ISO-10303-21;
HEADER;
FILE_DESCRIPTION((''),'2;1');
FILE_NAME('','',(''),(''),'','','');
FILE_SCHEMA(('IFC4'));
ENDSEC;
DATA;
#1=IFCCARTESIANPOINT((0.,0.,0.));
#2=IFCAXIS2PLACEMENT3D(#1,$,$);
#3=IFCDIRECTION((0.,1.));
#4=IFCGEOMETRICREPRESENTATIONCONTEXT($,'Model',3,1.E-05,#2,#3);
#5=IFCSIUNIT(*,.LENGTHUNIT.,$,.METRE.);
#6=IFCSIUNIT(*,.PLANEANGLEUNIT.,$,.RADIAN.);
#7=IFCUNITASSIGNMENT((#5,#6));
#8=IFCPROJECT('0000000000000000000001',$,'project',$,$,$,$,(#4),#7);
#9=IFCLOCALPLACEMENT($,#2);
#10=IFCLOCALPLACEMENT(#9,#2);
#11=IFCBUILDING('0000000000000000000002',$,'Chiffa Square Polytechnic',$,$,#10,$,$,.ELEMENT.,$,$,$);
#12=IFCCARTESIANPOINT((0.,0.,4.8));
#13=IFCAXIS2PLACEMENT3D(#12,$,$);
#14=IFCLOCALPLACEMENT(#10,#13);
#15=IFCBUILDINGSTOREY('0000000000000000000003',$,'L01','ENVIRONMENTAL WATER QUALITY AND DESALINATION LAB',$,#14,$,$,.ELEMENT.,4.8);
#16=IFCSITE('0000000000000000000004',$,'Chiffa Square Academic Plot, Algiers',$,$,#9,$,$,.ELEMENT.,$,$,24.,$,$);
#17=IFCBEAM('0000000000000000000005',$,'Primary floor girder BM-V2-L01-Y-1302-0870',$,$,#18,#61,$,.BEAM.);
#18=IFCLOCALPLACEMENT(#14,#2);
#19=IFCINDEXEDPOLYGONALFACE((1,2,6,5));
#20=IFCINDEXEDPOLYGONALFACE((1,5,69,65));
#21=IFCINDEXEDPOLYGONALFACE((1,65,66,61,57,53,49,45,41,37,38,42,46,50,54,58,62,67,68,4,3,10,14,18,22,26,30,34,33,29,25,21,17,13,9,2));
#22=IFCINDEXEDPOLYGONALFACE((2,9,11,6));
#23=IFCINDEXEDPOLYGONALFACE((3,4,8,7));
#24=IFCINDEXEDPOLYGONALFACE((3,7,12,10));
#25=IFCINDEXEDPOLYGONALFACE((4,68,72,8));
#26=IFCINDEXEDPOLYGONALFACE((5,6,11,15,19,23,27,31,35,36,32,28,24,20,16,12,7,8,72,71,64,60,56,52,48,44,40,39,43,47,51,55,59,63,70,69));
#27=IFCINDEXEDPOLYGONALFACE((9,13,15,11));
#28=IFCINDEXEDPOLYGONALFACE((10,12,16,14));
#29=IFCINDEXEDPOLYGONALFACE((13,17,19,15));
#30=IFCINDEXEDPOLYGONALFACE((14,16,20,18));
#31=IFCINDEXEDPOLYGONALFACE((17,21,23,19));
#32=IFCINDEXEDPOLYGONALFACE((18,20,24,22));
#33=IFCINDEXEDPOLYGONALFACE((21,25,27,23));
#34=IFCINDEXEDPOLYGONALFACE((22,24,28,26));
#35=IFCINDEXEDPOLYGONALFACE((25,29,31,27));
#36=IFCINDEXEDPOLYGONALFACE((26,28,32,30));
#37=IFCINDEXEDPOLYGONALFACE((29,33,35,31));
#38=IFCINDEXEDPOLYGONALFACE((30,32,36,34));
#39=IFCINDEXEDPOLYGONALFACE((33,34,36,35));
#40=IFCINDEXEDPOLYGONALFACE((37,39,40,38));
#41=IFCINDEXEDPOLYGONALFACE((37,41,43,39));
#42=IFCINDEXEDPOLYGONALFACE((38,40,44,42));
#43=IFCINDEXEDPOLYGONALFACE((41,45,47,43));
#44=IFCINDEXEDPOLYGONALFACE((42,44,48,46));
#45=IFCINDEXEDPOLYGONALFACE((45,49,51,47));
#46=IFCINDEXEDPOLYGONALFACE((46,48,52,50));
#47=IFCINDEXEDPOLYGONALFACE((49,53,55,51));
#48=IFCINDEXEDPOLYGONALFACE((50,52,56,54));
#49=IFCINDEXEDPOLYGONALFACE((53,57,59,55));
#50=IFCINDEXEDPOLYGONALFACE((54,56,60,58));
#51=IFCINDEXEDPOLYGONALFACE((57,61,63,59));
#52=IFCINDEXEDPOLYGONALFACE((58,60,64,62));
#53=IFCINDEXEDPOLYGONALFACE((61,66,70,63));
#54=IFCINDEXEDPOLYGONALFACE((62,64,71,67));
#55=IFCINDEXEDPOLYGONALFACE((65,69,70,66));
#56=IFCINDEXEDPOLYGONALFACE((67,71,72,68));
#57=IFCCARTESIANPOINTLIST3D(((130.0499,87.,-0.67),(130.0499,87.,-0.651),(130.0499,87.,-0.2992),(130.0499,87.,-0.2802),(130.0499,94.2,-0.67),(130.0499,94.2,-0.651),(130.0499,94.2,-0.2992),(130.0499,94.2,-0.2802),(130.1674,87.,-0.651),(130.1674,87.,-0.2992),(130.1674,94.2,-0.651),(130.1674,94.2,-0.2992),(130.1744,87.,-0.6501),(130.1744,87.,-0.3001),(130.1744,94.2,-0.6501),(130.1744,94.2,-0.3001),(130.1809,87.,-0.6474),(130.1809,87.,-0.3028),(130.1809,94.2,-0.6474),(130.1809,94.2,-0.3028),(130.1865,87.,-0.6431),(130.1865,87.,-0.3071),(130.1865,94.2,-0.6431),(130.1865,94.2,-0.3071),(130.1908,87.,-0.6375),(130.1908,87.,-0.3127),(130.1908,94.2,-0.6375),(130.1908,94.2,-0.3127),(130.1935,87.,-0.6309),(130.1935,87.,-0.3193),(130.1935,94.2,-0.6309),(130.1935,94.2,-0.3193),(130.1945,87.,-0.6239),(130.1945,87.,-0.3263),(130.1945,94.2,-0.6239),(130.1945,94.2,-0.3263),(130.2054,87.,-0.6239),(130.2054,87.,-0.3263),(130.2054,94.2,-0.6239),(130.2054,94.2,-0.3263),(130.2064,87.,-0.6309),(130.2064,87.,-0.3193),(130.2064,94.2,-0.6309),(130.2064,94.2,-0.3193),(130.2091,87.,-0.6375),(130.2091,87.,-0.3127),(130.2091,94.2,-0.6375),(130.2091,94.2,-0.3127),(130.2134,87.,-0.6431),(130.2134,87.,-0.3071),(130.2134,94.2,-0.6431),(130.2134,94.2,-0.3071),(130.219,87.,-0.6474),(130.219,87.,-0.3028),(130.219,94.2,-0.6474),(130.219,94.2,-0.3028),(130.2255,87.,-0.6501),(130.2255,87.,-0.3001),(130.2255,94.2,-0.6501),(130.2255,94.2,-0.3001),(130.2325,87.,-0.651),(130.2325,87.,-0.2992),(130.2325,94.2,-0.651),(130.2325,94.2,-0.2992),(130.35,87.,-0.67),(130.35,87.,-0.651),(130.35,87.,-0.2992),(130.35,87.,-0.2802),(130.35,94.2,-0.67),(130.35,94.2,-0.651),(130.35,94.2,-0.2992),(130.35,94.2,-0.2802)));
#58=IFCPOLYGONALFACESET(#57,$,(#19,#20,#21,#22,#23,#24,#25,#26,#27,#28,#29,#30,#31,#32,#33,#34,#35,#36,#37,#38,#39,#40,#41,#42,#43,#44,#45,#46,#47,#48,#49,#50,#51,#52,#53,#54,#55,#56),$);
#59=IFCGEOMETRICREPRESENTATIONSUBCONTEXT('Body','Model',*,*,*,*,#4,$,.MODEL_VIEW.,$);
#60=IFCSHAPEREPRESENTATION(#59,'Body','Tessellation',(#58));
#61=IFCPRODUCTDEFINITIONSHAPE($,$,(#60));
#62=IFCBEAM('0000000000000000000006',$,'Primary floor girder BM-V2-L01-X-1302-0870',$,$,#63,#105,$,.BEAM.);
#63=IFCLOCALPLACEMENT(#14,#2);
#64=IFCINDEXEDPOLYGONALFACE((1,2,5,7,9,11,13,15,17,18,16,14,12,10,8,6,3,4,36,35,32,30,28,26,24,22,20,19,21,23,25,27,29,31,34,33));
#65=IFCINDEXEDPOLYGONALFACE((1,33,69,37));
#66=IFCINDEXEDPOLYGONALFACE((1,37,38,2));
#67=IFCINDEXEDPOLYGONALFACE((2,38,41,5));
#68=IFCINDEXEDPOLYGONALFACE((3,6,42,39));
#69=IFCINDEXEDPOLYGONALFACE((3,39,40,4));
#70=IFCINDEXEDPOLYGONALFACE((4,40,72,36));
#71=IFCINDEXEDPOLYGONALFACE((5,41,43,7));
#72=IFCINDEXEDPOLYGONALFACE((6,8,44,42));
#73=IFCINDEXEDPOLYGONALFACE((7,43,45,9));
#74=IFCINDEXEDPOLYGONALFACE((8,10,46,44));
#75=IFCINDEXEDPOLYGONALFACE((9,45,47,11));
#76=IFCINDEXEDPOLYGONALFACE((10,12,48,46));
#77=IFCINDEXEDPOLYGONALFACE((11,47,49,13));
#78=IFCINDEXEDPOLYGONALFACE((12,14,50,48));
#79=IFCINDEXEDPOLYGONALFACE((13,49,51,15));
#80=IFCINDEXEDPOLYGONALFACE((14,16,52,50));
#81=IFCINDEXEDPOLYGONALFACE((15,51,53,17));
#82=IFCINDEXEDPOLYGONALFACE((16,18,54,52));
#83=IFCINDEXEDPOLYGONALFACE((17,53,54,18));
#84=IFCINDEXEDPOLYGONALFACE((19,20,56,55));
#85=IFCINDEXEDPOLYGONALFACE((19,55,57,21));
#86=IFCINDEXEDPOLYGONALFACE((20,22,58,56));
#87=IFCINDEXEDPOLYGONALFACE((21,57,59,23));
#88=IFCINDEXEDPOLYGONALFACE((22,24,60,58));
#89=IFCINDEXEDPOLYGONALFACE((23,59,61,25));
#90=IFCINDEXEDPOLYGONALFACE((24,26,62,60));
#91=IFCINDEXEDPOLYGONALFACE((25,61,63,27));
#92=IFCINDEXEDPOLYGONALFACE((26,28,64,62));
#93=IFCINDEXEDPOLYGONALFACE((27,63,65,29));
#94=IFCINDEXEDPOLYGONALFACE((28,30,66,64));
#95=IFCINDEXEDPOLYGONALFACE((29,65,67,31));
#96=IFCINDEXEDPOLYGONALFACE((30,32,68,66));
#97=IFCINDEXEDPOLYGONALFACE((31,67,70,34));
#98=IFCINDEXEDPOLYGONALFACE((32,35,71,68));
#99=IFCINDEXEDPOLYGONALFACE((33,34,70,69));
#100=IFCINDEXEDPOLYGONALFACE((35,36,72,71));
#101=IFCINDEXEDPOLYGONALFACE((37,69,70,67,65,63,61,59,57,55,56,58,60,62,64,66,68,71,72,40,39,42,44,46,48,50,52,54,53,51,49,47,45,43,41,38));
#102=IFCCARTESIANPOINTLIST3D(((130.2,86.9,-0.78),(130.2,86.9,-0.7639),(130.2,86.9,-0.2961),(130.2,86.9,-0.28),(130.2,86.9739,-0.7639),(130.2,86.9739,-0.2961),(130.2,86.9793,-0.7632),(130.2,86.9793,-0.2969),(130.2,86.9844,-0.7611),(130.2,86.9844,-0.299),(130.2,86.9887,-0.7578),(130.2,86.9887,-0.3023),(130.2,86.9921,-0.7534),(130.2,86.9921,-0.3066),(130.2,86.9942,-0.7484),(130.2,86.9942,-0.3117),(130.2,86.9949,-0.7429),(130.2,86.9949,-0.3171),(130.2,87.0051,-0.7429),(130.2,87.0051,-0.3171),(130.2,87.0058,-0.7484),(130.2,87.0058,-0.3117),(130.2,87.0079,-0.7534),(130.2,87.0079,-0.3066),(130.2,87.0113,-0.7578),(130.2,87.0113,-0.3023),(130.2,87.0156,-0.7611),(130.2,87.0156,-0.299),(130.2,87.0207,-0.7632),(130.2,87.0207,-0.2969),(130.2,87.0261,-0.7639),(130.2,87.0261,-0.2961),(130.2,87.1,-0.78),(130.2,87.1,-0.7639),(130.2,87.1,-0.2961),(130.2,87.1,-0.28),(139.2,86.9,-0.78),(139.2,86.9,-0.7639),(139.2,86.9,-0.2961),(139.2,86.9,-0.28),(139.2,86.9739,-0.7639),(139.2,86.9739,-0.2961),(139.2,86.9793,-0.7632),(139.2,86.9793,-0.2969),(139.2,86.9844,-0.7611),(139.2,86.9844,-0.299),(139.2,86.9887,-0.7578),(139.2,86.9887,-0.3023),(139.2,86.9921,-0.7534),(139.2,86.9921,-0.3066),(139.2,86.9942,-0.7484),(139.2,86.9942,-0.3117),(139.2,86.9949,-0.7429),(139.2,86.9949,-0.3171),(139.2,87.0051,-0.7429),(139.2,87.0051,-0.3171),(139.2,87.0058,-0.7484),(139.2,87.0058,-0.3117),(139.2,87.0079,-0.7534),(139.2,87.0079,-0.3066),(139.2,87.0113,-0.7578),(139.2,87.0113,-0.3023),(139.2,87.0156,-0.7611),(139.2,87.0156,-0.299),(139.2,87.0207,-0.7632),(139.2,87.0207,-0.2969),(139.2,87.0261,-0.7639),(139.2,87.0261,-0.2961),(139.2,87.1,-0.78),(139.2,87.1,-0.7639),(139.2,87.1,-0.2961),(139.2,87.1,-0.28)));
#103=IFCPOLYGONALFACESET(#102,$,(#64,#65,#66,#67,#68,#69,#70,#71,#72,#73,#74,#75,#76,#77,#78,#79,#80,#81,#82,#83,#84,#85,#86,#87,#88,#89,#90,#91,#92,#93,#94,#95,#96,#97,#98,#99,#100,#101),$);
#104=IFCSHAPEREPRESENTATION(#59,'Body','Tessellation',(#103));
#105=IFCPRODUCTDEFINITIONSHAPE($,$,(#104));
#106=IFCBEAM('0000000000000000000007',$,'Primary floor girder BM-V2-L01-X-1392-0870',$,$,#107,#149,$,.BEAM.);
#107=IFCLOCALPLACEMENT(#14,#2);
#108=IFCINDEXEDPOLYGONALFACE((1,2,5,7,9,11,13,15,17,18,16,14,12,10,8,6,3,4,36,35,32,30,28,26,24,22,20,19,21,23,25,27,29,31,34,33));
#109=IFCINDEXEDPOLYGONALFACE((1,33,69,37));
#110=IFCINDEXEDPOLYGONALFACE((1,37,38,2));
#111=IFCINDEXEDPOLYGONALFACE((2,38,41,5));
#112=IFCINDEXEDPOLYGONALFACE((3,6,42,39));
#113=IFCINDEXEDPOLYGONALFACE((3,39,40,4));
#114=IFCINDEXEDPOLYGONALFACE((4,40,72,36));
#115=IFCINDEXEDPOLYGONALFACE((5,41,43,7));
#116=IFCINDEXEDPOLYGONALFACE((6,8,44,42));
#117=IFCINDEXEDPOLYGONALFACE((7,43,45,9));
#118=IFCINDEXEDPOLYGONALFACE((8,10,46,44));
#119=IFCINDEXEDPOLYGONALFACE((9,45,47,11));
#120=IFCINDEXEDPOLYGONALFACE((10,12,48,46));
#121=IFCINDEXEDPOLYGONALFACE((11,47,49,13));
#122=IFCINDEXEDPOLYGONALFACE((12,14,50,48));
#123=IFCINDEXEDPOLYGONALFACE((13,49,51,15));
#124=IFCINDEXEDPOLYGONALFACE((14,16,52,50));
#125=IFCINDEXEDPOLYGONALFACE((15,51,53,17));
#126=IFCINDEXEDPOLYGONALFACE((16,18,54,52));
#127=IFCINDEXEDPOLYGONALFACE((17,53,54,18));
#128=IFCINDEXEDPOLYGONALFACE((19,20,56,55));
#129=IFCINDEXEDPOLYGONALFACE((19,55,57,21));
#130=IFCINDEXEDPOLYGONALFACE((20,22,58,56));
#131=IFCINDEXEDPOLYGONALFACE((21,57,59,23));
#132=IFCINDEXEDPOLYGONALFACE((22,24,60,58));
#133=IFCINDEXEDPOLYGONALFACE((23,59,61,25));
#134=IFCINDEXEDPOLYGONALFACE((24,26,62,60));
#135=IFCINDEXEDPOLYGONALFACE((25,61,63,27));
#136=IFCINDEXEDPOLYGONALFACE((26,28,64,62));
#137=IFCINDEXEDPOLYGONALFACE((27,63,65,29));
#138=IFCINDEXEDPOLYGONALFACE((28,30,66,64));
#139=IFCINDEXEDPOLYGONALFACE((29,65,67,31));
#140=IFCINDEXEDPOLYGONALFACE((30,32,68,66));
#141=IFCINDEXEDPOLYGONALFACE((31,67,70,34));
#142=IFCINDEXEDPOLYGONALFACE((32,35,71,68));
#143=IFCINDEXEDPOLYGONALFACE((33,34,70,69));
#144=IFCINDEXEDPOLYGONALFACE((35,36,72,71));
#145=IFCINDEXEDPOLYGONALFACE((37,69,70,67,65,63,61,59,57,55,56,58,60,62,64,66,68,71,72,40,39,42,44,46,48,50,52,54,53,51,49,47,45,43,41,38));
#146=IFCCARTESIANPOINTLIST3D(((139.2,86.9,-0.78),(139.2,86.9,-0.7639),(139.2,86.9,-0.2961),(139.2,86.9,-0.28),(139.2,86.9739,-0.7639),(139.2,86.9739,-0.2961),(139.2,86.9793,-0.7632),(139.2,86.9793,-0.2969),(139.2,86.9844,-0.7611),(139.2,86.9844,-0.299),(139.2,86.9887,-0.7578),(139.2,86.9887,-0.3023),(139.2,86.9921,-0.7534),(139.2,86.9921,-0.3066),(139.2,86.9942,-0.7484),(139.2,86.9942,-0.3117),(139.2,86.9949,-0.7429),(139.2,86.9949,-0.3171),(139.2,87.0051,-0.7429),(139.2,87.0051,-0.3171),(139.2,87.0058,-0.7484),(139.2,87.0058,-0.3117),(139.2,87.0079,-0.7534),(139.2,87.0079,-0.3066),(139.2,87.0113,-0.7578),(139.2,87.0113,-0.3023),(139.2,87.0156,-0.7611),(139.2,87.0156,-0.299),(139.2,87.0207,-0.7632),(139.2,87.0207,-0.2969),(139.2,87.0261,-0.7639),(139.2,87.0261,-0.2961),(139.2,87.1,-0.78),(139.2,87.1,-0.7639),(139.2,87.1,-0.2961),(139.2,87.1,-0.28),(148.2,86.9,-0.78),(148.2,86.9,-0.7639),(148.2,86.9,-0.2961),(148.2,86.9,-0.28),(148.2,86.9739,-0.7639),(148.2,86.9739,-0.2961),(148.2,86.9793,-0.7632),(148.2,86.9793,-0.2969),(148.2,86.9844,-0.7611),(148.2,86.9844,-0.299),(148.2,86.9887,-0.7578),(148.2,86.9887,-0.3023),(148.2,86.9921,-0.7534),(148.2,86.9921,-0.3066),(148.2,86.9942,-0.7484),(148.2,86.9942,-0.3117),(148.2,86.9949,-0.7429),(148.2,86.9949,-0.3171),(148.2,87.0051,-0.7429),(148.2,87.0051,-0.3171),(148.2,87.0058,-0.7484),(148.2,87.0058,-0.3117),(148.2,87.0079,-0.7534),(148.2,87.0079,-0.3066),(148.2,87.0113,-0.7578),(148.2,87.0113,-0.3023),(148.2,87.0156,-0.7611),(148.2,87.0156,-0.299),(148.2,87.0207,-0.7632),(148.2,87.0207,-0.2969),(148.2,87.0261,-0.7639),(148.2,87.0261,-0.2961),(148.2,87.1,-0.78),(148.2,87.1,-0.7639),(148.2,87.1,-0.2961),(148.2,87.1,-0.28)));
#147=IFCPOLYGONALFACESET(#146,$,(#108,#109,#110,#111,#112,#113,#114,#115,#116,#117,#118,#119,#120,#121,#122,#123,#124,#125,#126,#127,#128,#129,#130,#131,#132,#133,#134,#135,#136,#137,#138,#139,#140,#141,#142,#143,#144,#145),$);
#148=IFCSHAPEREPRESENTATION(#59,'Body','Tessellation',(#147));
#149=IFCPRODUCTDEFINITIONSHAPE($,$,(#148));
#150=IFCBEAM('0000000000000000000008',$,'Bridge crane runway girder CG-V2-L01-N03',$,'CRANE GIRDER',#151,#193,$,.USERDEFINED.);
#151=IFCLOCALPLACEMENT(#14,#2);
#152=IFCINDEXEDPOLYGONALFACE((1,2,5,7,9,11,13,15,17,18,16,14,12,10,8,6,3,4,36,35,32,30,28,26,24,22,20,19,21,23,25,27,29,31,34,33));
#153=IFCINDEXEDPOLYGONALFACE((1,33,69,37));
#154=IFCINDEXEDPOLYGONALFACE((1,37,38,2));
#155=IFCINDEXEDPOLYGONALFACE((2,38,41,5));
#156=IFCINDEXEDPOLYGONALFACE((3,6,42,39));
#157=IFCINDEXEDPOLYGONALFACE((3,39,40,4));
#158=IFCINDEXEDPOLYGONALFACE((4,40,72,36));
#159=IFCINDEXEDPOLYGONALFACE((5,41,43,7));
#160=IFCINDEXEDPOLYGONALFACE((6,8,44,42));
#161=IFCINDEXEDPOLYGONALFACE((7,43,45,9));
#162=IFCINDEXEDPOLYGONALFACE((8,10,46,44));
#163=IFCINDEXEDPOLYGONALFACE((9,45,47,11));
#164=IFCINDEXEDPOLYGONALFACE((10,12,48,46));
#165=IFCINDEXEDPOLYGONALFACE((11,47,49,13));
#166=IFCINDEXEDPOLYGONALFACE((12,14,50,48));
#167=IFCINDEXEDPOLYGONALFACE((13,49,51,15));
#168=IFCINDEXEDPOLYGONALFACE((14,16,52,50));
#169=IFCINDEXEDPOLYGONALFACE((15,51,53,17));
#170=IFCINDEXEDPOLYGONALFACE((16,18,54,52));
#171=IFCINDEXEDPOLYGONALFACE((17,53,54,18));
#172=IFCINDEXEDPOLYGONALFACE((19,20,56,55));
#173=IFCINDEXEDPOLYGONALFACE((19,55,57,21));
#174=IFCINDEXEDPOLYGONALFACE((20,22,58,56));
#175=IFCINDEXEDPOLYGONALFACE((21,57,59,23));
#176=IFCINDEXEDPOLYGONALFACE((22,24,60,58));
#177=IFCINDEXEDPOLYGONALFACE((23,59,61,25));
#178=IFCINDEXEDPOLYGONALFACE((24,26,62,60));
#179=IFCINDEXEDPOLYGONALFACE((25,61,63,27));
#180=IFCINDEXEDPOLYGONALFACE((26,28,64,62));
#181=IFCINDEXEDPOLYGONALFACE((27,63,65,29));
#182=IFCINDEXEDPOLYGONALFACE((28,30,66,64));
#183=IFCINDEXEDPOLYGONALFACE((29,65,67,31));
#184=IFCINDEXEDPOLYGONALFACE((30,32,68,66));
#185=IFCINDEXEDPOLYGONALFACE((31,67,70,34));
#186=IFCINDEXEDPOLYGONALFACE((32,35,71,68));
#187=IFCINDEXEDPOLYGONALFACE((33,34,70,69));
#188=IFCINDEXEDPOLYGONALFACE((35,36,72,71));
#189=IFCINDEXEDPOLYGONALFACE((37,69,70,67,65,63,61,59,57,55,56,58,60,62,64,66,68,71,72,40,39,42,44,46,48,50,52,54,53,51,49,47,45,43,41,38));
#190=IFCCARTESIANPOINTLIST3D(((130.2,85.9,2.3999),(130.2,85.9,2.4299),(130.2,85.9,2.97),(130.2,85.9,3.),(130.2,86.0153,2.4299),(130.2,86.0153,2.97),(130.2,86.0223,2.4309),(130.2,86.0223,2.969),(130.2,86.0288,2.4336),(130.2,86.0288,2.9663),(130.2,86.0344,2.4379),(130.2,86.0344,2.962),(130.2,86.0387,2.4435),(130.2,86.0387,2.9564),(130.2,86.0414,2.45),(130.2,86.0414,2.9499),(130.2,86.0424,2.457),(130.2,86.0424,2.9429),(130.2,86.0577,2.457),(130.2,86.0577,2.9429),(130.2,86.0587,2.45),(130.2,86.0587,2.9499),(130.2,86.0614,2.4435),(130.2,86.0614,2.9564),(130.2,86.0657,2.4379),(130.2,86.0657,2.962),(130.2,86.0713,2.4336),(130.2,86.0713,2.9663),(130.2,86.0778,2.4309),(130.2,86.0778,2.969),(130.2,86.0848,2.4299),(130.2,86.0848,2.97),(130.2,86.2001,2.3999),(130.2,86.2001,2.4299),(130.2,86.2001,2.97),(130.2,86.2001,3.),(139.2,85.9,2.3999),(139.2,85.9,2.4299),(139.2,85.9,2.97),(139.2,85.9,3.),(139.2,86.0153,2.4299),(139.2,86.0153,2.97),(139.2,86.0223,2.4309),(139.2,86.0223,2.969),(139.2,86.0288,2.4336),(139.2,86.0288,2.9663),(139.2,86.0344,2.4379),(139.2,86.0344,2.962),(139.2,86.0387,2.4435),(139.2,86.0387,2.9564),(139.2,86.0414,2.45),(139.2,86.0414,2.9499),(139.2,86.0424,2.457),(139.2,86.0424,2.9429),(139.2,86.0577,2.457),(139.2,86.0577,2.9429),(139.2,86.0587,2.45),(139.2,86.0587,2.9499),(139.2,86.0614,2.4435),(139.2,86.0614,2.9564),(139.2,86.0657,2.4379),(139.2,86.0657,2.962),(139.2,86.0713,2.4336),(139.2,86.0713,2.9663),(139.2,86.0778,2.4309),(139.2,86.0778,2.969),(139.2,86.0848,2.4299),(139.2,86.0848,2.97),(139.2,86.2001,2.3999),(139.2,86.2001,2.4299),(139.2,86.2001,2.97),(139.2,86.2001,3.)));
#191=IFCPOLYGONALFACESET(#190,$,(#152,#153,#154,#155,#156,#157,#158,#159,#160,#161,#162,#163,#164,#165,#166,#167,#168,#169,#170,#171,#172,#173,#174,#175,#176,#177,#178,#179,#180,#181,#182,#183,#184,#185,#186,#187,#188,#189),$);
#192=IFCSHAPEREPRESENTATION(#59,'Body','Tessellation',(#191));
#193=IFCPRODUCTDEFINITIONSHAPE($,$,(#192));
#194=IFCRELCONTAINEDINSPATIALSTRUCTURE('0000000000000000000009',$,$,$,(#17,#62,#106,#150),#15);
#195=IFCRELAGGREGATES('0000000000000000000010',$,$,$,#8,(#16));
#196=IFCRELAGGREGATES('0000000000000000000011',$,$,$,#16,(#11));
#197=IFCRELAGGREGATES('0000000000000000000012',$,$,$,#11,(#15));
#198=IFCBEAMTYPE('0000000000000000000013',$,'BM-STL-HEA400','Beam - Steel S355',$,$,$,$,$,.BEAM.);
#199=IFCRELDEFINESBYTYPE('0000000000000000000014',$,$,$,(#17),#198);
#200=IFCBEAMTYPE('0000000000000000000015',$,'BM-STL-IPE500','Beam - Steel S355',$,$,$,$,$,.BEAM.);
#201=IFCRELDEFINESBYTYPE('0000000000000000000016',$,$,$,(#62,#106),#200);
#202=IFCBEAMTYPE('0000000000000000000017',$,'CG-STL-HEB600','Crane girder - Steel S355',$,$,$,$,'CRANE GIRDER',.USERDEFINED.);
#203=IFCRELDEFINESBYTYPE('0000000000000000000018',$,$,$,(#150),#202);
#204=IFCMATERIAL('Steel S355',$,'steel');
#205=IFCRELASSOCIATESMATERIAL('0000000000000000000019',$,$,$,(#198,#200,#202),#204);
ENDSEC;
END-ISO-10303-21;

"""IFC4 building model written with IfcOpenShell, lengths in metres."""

from ifc_helpers import new_model, si_unit, direction, frame, origin, origin_2d, place, context, subcontext, project, spatial, i_section, extrude, material, material_profile, profile_set, type_object, element, save


model = new_model("IFC4")

# Units and contexts
model_context = context("Model", 3, precision=1e-05, world=origin(), true_north=direction((0.0, 1.0)))
body_context = subcontext(model_context, "Body", "Model", "MODEL_VIEW")
ifc_project = project(units=[si_unit("LENGTHUNIT", "METRE"), si_unit("PLANEANGLEUNIT", "RADIAN")], contexts=[model_context])

# Site, building, storey
site_placement = place(None, origin())
site = spatial("IfcSite", under=ifc_project, at=site_placement, Name="Chiffa Square Academic Plot, Algiers", CompositionType="ELEMENT", RefElevation=24.0)
building_placement = place(site_placement, origin())
building = spatial("IfcBuilding", under=site, at=building_placement, Name="Chiffa Square Polytechnic", CompositionType="ELEMENT")
storey_placement = place(building_placement, frame((0.0, 0.0, 4.8)))
storey = spatial("IfcBuildingStorey", under=building, at=storey_placement, Name="L01", Description="ENVIRONMENTAL WATER QUALITY AND DESALINATION LAB", CompositionType="ELEMENT", Elevation=4.8)

# Shared definitions
ifc_material_1 = material(Name="Steel S355", Category="steel")

# Beams
ifc_material_profile_1 = material_profile(ifc_material_1, i_section(OverallWidth=0.3, OverallDepth=0.3899, WebThickness=0.011, FlangeThickness=0.019, FilletRadius=0.0271, at=origin_2d()), Name="HEA 400")
ifc_profile_set_1 = profile_set([ifc_material_profile_1], Name="Steel S355")
beam_type_1 = type_object("IfcBeamType", Name="BM-STL-HEA400", Description="Beam - Steel S355", PredefinedType="BEAM", material=ifc_profile_set_1)
beam_placement = place(storey_placement, frame((130.2, 87.0, -0.4751), z_axis=(0.0, 1.0, 0.0), x_axis=(-1.0, 0.0, 0.0)))
element("IfcBeam", 1, at=beam_placement, inside=storey, type_object=beam_type_1, Name="Primary floor girder BM-V2-L01-Y-1302-0870", PredefinedType="BEAM", context=body_context, shape_type="SweptSolid", body=[
    extrude(i_section(OverallWidth=0.3, OverallDepth=0.3899, WebThickness=0.011, FlangeThickness=0.019, FilletRadius=0.0271, at=origin_2d()), origin(), (0.0, 0.0, 1.0), 7.2),
])
ifc_material_profile_2 = material_profile(ifc_material_1, i_section(OverallWidth=0.2, OverallDepth=0.5, WebThickness=0.0103, FlangeThickness=0.0161, FilletRadius=0.021, at=origin_2d()), Name="IPE 500")
ifc_profile_set_2 = profile_set([ifc_material_profile_2], Name="Steel S355")
beam_type_2 = type_object("IfcBeamType", Name="BM-STL-IPE500", Description="Beam - Steel S355", PredefinedType="BEAM", material=ifc_profile_set_2)
for number, where, z_axis, x_axis, name in (
    (2, (130.2, 87.0, -0.53), (1.0, 0.0, 0.0), (0.0, 1.0, 0.0), "Primary floor girder BM-V2-L01-X-1302-0870"),
    (3, (139.2, 87.0, -0.53), (1.0, 0.0, 0.0), (0.0, 1.0, 0.0), "Primary floor girder BM-V2-L01-X-1392-0870"),
):
    element("IfcBeam", number, at=place(storey_placement, frame(where, z_axis=z_axis, x_axis=x_axis)), inside=storey, type_object=beam_type_2, Name=name, PredefinedType="BEAM", context=body_context, shape_type="SweptSolid", body=[
        extrude(i_section(OverallWidth=0.2, OverallDepth=0.5, WebThickness=0.0103, FlangeThickness=0.0161, FilletRadius=0.021, at=origin_2d()), origin(), (0.0, 0.0, 1.0), 9.0),
    ])
ifc_material_profile_3 = material_profile(ifc_material_1, i_section(OverallWidth=0.3, OverallDepth=0.6001, WebThickness=0.0154, FlangeThickness=0.03, FilletRadius=0.0271, at=origin_2d()), Name="HEB 600")
ifc_profile_set_3 = profile_set([ifc_material_profile_3], Name="Steel S355")
beam_type_3 = type_object("IfcBeamType", Name="CG-STL-HEB600", Description="Crane girder - Steel S355", ElementType="CRANE GIRDER", PredefinedType="USERDEFINED", material=ifc_profile_set_3)
for number, where, z_axis, x_axis, name in (
    (4, (130.2, 86.05, 2.7), (1.0, 0.0, 0.0), (0.0, 1.0, 0.0), "Bridge crane runway girder CG-V2-L01-N03"),
):
    element("IfcBeam", number, at=place(storey_placement, frame(where, z_axis=z_axis, x_axis=x_axis)), inside=storey, type_object=beam_type_3, Name=name, ObjectType="CRANE GIRDER", PredefinedType="USERDEFINED", context=body_context, shape_type="SweptSolid", body=[
        extrude(i_section(OverallWidth=0.3, OverallDepth=0.6001, WebThickness=0.0154, FlangeThickness=0.03, FilletRadius=0.0271, at=origin_2d()), origin(), (0.0, 0.0, 1.0), 9.0),
    ])

save(model, "model.ifc")
